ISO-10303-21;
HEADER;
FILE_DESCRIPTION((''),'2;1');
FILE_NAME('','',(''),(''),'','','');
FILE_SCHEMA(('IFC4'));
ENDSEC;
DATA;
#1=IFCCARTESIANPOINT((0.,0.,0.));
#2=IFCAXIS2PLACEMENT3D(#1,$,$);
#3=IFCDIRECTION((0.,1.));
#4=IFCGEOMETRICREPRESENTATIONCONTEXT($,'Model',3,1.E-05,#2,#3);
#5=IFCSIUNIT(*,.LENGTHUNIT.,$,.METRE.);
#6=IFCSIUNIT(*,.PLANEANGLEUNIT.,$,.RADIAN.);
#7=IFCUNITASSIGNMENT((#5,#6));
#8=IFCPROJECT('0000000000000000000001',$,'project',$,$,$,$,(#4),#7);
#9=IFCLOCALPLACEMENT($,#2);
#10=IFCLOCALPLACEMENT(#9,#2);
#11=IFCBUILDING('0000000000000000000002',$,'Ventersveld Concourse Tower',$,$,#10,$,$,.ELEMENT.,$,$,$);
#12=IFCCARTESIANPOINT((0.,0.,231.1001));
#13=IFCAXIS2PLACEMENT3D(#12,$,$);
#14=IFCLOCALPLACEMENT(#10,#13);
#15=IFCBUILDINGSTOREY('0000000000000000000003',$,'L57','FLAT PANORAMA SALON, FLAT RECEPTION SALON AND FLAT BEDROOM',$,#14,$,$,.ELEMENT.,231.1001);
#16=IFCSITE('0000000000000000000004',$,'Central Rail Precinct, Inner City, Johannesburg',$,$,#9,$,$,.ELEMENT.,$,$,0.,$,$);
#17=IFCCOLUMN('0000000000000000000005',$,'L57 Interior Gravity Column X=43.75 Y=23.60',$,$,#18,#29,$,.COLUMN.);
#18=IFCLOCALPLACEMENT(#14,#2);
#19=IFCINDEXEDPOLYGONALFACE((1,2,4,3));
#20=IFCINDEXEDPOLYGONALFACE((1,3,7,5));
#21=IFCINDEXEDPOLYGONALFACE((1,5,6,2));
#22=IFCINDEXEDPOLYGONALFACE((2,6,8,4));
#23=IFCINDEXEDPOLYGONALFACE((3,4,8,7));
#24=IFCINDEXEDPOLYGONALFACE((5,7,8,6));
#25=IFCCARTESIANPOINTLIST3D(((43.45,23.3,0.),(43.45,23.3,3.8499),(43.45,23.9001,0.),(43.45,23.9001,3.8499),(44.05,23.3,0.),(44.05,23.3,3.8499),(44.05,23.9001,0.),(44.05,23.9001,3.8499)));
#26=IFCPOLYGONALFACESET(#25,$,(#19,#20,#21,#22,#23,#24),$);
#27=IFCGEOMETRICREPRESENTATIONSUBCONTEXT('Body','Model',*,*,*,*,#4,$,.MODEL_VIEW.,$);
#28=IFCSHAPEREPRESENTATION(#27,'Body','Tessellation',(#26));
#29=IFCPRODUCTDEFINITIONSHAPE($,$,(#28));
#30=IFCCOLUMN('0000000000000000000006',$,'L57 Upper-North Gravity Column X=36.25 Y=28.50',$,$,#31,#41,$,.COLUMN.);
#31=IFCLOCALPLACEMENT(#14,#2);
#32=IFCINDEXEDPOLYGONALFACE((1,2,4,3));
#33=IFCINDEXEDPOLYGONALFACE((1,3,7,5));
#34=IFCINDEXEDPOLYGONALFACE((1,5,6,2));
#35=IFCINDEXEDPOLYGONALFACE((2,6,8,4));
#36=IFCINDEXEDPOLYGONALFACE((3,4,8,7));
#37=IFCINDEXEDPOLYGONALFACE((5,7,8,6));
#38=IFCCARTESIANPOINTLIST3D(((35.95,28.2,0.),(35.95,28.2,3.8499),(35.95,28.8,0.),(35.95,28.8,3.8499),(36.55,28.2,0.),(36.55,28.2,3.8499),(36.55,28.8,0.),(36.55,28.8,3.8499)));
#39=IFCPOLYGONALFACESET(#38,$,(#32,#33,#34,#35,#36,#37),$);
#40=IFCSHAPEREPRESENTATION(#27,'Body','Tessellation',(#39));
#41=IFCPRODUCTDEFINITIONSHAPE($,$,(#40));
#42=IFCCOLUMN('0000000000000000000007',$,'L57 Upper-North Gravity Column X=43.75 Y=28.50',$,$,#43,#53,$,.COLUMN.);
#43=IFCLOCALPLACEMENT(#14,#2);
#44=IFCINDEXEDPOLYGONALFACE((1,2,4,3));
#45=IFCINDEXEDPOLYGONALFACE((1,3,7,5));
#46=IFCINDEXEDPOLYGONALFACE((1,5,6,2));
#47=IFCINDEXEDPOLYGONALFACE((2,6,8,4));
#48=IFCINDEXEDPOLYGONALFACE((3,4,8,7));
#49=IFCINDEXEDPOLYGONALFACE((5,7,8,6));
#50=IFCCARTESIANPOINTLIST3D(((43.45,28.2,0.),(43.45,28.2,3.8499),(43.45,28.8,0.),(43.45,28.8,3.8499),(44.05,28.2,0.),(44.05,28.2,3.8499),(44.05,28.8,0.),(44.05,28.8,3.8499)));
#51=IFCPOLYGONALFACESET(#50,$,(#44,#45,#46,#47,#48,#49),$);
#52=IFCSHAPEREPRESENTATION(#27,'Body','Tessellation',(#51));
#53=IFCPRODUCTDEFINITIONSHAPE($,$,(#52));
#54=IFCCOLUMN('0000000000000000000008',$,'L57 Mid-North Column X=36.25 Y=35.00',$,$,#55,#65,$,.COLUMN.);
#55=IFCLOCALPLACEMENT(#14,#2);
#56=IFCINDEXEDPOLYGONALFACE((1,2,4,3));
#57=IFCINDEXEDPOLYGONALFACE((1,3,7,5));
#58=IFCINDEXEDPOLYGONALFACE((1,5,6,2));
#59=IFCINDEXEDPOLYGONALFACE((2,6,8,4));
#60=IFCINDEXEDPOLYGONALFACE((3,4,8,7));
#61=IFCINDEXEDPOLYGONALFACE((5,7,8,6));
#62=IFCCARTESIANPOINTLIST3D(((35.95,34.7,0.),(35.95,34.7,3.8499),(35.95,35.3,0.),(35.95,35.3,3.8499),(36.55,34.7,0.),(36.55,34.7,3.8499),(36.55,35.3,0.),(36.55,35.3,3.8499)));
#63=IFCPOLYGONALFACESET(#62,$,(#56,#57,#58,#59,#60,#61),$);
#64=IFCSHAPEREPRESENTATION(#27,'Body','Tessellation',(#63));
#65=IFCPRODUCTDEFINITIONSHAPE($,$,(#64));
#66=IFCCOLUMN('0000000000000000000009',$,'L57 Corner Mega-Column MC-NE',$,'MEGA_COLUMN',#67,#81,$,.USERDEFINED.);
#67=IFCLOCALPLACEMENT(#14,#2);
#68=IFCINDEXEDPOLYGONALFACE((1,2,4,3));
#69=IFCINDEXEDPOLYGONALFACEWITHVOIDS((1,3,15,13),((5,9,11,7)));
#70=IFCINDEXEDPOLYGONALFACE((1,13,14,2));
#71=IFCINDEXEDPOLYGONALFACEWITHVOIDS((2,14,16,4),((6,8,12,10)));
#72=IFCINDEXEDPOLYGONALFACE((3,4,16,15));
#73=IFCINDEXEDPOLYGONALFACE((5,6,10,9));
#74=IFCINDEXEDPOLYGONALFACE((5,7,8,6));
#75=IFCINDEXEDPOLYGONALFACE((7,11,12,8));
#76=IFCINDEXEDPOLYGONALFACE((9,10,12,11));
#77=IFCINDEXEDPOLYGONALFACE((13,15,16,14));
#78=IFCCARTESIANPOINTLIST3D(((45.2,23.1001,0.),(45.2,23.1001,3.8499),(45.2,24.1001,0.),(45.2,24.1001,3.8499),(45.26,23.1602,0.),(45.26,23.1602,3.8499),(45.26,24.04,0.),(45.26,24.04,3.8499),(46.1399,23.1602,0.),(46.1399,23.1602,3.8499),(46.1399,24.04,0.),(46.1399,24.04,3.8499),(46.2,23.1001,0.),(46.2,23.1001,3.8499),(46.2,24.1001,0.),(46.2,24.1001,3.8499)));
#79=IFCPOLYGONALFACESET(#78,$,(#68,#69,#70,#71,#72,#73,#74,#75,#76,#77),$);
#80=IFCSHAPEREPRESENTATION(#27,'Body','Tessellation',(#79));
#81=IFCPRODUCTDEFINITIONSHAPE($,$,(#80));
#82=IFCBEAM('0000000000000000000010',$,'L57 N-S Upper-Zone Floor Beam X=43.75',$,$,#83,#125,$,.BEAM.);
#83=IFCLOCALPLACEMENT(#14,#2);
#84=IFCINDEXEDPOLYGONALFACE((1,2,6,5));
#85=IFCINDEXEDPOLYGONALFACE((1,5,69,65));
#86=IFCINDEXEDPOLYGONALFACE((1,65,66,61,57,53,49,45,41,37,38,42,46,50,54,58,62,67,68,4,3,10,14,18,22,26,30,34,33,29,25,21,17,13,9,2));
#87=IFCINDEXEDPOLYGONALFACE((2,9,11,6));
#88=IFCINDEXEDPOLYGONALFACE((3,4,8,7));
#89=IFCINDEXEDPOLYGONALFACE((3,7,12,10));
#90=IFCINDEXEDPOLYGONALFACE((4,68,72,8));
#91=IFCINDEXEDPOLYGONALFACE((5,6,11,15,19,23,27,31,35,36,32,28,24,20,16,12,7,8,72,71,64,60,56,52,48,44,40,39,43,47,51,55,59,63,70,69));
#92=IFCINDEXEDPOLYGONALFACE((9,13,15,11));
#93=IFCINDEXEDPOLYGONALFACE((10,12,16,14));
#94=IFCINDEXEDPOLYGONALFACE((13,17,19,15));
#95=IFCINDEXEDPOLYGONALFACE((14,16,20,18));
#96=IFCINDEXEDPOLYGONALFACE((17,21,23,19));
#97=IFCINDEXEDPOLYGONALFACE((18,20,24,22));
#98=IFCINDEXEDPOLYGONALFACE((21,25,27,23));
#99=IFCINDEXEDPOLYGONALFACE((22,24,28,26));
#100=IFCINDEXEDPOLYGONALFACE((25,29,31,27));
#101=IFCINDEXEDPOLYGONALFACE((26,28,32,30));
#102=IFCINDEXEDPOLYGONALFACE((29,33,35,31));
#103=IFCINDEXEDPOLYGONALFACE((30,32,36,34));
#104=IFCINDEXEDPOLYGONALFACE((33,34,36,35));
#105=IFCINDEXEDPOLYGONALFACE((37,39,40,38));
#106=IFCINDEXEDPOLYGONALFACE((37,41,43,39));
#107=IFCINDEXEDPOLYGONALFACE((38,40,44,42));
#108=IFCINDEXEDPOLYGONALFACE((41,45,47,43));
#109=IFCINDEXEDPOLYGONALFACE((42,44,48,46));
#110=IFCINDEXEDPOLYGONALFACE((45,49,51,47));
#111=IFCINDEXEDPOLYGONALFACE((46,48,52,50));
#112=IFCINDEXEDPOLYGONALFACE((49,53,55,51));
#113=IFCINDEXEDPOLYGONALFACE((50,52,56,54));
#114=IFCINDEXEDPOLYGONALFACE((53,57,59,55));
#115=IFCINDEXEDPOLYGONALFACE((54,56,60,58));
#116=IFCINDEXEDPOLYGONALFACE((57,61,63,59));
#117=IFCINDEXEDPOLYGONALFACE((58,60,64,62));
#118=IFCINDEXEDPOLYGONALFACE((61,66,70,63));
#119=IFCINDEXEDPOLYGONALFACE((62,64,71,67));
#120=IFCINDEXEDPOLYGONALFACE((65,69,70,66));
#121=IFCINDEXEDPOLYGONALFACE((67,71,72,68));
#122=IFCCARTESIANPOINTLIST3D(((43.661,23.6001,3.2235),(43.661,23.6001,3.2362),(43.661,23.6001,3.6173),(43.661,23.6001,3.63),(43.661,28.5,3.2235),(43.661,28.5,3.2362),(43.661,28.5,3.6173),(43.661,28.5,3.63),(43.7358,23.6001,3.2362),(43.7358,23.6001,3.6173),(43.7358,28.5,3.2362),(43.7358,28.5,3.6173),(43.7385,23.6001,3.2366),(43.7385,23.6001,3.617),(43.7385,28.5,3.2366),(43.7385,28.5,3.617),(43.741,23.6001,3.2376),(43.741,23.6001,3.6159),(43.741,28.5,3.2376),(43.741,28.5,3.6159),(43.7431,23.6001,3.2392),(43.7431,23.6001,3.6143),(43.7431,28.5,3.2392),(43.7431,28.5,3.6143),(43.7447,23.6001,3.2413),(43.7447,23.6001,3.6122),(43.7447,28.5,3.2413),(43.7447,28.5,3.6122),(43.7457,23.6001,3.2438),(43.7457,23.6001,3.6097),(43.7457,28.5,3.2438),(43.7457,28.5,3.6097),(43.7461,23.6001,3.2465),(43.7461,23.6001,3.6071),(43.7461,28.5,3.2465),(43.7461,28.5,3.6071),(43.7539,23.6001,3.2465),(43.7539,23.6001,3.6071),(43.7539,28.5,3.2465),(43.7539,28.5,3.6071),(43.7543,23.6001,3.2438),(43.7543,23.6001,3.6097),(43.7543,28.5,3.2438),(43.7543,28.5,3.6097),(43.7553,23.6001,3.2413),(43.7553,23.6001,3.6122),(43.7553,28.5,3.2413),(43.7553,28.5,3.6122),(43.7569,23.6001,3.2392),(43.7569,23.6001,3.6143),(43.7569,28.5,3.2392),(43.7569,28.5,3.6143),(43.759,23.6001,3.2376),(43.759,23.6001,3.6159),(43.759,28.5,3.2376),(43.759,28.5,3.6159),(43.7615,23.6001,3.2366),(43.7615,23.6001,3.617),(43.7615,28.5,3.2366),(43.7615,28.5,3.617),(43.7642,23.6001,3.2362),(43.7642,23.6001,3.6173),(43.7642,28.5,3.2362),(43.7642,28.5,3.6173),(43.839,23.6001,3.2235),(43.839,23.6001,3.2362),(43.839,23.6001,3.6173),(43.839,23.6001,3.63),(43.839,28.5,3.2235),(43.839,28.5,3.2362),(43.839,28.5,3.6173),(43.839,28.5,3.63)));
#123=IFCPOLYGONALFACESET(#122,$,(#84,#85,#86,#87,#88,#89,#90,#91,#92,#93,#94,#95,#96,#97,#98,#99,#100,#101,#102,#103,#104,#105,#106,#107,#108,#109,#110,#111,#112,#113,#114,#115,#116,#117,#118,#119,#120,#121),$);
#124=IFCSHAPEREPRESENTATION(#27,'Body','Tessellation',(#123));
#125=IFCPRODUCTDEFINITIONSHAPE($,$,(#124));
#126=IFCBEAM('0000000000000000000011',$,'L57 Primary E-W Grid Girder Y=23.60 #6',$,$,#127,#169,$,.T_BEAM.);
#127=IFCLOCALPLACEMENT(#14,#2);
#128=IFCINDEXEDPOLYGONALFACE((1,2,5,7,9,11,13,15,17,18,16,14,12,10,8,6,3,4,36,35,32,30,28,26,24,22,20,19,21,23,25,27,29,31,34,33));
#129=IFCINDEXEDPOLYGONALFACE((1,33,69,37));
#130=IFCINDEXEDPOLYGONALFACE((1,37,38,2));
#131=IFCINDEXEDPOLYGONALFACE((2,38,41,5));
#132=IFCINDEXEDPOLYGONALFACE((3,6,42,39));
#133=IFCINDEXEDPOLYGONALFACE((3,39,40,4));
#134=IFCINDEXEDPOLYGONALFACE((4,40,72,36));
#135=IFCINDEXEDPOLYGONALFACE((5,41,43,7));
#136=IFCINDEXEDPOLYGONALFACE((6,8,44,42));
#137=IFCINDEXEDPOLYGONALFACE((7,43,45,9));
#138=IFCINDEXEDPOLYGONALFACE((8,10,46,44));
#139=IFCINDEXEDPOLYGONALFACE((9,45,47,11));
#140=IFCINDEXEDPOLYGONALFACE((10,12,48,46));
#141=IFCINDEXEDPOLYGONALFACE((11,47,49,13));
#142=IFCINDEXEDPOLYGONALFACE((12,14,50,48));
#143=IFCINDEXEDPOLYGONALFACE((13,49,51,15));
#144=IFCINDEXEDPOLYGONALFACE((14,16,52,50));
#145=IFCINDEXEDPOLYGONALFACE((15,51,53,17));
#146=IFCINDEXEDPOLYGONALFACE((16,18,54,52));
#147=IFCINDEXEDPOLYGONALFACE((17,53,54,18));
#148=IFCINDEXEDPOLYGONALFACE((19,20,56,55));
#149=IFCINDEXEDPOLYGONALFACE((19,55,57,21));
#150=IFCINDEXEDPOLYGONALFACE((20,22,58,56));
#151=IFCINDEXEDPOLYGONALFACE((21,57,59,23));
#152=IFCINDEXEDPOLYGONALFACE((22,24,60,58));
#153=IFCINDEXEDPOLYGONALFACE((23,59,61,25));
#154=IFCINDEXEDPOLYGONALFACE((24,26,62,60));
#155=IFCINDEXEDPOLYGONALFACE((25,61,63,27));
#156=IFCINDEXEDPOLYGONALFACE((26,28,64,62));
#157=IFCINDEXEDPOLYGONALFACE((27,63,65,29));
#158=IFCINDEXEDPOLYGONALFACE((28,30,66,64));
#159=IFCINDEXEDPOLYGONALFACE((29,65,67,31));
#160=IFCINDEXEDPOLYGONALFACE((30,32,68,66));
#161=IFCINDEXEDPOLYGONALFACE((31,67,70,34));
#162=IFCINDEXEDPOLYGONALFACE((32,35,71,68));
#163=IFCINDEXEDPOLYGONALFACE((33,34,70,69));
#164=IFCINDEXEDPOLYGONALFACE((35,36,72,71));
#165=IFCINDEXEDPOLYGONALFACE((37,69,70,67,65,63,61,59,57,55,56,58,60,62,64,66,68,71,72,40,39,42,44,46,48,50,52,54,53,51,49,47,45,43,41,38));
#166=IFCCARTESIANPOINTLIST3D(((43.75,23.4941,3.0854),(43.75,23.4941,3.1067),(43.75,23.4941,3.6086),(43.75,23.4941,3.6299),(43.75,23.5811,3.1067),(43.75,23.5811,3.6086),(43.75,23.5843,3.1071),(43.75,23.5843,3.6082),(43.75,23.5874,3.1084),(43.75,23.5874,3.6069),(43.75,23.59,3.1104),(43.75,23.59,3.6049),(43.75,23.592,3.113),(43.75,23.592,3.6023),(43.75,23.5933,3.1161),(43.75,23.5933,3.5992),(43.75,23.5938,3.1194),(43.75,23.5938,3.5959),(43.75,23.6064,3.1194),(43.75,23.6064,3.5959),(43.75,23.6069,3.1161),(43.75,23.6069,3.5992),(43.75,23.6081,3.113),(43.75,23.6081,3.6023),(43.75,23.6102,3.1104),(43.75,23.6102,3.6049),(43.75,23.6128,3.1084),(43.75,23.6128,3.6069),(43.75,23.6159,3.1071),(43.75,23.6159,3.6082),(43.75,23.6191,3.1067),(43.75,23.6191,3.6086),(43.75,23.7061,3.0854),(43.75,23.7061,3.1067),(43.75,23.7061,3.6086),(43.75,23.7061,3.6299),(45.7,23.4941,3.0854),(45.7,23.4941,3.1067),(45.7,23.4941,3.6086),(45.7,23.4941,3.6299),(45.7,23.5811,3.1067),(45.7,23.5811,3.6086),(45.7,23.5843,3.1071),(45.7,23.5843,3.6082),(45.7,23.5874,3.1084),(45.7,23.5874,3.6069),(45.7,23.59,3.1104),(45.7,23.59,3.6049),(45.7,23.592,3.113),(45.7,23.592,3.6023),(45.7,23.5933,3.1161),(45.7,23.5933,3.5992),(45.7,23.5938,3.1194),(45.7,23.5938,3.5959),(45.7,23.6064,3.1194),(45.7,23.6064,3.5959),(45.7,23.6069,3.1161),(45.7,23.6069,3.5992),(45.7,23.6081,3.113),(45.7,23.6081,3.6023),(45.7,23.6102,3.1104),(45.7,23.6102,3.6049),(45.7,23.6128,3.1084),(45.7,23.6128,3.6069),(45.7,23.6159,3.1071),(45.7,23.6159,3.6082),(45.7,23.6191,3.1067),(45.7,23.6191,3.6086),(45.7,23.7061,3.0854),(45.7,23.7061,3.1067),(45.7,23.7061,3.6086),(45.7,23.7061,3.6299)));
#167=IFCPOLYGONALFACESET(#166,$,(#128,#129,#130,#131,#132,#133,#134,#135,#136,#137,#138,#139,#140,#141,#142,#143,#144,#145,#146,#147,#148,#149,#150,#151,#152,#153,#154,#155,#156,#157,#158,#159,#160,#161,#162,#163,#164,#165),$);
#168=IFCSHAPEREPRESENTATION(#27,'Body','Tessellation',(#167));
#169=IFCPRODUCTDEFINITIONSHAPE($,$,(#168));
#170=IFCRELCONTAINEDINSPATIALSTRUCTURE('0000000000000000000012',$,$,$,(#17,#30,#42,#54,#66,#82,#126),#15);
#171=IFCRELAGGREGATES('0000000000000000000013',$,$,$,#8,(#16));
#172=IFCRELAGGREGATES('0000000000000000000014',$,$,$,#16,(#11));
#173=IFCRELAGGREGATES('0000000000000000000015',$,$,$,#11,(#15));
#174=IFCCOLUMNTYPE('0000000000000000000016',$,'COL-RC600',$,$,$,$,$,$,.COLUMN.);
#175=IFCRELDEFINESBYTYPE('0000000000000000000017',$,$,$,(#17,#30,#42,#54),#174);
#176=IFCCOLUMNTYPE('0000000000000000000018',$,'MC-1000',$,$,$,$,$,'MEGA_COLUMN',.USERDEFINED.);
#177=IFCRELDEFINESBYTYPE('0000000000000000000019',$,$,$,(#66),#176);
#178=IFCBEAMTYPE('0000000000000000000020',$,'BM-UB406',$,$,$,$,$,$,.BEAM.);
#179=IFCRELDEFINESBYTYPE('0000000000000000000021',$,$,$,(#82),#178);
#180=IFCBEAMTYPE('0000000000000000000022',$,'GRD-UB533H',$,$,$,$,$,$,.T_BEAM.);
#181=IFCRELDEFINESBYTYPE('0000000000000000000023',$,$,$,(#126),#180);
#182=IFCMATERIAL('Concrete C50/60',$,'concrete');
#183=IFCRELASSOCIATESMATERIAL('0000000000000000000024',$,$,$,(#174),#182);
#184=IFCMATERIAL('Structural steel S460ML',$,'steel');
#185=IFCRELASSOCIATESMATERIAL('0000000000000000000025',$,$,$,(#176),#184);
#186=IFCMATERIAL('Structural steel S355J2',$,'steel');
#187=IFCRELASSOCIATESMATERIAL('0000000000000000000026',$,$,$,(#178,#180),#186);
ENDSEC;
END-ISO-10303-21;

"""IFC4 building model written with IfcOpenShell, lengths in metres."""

from ifc_helpers import new_model, si_unit, direction, frame, origin, origin_2d, place, context, subcontext, project, spatial, rectangle, hollow_rectangle, i_section, extrude, material, material_profile, profile_set, type_object, element, save


model = new_model("IFC4")

# Units and contexts
model_context = context("Model", 3, precision=1e-05, world=origin(), true_north=direction((0.0, 1.0)))
body_context = subcontext(model_context, "Body", "Model", "MODEL_VIEW")
ifc_project = project(units=[si_unit("LENGTHUNIT", "METRE"), si_unit("PLANEANGLEUNIT", "RADIAN")], contexts=[model_context])

# Site, building, storey
site_placement = place(None, origin())
site = spatial("IfcSite", under=ifc_project, at=site_placement, Name="Central Rail Precinct, Inner City, Johannesburg", CompositionType="ELEMENT", RefElevation=0.0)
building_placement = place(site_placement, origin())
building = spatial("IfcBuilding", under=site, at=building_placement, Name="Ventersveld Concourse Tower", CompositionType="ELEMENT")
storey_placement = place(building_placement, frame((0.0, 0.0, 231.1001)))
storey = spatial("IfcBuildingStorey", under=building, at=storey_placement, Name="L57", Description="FLAT PANORAMA SALON, FLAT RECEPTION SALON AND FLAT BEDROOM", CompositionType="ELEMENT", Elevation=231.1001)

# Columns
ifc_material_1 = material(Name="Concrete C50/60", Category="concrete")
ifc_material_profile_1 = material_profile(ifc_material_1, rectangle(XDim=0.6001, YDim=0.6001, at=origin_2d()), Name="RC 600x600")
ifc_profile_set_1 = profile_set([ifc_material_profile_1], Name="Concrete C50/60")
column_type_1 = type_object("IfcColumnType", Name="COL-RC600", PredefinedType="COLUMN", material=ifc_profile_set_1)
for number, where, z_axis, x_axis, name in (
    (1, (43.75, 23.6001, 0.0), (0.0, 0.0, 1.0), (1.0, 0.0, 0.0), "L57 Interior Gravity Column X=43.75 Y=23.60"),
    (2, (36.25, 28.5, 0.0), (0.0, 0.0, 1.0), (1.0, 0.0, 0.0), "L57 Upper-North Gravity Column X=36.25 Y=28.50"),
    (3, (43.75, 28.5, 0.0), (0.0, 0.0, 1.0), (1.0, 0.0, 0.0), "L57 Upper-North Gravity Column X=43.75 Y=28.50"),
    (4, (36.25, 35.0, 0.0), (0.0, 0.0, 1.0), (1.0, 0.0, 0.0), "L57 Mid-North Column X=36.25 Y=35.00"),
):
    element("IfcColumn", number, at=place(storey_placement, frame(where, z_axis=z_axis, x_axis=x_axis)), inside=storey, type_object=column_type_1, Name=name, PredefinedType="COLUMN", context=body_context, shape_type="SweptSolid", body=[
        extrude(rectangle(XDim=0.6001, YDim=0.6001, at=origin_2d()), origin(), (0.0, 0.0, 1.0), 3.8499),
    ])
ifc_material_2 = material(Name="Structural steel S460ML", Category="steel")
ifc_material_profile_2 = material_profile(ifc_material_2, hollow_rectangle(XDim=1.0, YDim=1.0, WallThickness=0.0601, at=origin_2d()), Name="BOX 1000x1000x60")
ifc_profile_set_2 = profile_set([ifc_material_profile_2], Name="Structural steel S460ML")
column_type_2 = type_object("IfcColumnType", Name="MC-1000", ElementType="MEGA_COLUMN", PredefinedType="USERDEFINED", material=ifc_profile_set_2)
column_placement = place(storey_placement, frame((45.7, 23.6001, 0.0), z_axis=(0.0, 0.0, 1.0), x_axis=(1.0, 0.0, 0.0)))
element("IfcColumn", 5, at=column_placement, inside=storey, type_object=column_type_2, Name="L57 Corner Mega-Column MC-NE", ObjectType="MEGA_COLUMN", PredefinedType="USERDEFINED", context=body_context, shape_type="SweptSolid", body=[
    extrude(hollow_rectangle(XDim=1.0, YDim=1.0, WallThickness=0.0601, at=origin_2d()), origin(), (0.0, 0.0, 1.0), 3.8499),
])

# Beams
ifc_material_3 = material(Name="Structural steel S355J2", Category="steel")
ifc_material_profile_3 = material_profile(ifc_material_3, i_section(OverallWidth=0.178, OverallDepth=0.4065, WebThickness=0.0078, FlangeThickness=0.0127, FilletRadius=0.0103, at=origin_2d()), Name="UB 406x178x60")
ifc_profile_set_3 = profile_set([ifc_material_profile_3], Name="Structural steel S355J2")
beam_type_1 = type_object("IfcBeamType", Name="BM-UB406", PredefinedType="BEAM", material=ifc_profile_set_3)
beam_1_placement = place(storey_placement, frame((43.75, 23.6001, 3.4268), z_axis=(0.0, 1.0, 0.0), x_axis=(-1.0, 0.0, 0.0)))
element("IfcBeam", 6, at=beam_1_placement, inside=storey, type_object=beam_type_1, Name="L57 N-S Upper-Zone Floor Beam X=43.75", PredefinedType="BEAM", context=body_context, shape_type="SweptSolid", body=[
    extrude(i_section(OverallWidth=0.178, OverallDepth=0.4065, WebThickness=0.0078, FlangeThickness=0.0127, FilletRadius=0.0103, at=origin_2d()), origin(), (0.0, 0.0, 1.0), 4.8999),
])
ifc_material_profile_4 = material_profile(ifc_material_3, i_section(OverallWidth=0.2119, OverallDepth=0.5444, WebThickness=0.0127, FlangeThickness=0.0212, FilletRadius=0.0127, at=origin_2d()), Name="UB 533x210x122")
ifc_profile_set_4 = profile_set([ifc_material_profile_4], Name="Structural steel S355J2")
beam_type_2 = type_object("IfcBeamType", Name="GRD-UB533H", PredefinedType="T_BEAM", material=ifc_profile_set_4)
beam_2_placement = place(storey_placement, frame((43.75, 23.6001, 3.3577), z_axis=(1.0, 0.0, 0.0), x_axis=(0.0, 1.0, 0.0)))
element("IfcBeam", 7, at=beam_2_placement, inside=storey, type_object=beam_type_2, Name="L57 Primary E-W Grid Girder Y=23.60 #6", PredefinedType="T_BEAM", context=body_context, shape_type="SweptSolid", body=[
    extrude(i_section(OverallWidth=0.2119, OverallDepth=0.5444, WebThickness=0.0127, FlangeThickness=0.0212, FilletRadius=0.0127, at=origin_2d()), origin(), (0.0, 0.0, 1.0), 1.95),
])

save(model, "model.ifc")
